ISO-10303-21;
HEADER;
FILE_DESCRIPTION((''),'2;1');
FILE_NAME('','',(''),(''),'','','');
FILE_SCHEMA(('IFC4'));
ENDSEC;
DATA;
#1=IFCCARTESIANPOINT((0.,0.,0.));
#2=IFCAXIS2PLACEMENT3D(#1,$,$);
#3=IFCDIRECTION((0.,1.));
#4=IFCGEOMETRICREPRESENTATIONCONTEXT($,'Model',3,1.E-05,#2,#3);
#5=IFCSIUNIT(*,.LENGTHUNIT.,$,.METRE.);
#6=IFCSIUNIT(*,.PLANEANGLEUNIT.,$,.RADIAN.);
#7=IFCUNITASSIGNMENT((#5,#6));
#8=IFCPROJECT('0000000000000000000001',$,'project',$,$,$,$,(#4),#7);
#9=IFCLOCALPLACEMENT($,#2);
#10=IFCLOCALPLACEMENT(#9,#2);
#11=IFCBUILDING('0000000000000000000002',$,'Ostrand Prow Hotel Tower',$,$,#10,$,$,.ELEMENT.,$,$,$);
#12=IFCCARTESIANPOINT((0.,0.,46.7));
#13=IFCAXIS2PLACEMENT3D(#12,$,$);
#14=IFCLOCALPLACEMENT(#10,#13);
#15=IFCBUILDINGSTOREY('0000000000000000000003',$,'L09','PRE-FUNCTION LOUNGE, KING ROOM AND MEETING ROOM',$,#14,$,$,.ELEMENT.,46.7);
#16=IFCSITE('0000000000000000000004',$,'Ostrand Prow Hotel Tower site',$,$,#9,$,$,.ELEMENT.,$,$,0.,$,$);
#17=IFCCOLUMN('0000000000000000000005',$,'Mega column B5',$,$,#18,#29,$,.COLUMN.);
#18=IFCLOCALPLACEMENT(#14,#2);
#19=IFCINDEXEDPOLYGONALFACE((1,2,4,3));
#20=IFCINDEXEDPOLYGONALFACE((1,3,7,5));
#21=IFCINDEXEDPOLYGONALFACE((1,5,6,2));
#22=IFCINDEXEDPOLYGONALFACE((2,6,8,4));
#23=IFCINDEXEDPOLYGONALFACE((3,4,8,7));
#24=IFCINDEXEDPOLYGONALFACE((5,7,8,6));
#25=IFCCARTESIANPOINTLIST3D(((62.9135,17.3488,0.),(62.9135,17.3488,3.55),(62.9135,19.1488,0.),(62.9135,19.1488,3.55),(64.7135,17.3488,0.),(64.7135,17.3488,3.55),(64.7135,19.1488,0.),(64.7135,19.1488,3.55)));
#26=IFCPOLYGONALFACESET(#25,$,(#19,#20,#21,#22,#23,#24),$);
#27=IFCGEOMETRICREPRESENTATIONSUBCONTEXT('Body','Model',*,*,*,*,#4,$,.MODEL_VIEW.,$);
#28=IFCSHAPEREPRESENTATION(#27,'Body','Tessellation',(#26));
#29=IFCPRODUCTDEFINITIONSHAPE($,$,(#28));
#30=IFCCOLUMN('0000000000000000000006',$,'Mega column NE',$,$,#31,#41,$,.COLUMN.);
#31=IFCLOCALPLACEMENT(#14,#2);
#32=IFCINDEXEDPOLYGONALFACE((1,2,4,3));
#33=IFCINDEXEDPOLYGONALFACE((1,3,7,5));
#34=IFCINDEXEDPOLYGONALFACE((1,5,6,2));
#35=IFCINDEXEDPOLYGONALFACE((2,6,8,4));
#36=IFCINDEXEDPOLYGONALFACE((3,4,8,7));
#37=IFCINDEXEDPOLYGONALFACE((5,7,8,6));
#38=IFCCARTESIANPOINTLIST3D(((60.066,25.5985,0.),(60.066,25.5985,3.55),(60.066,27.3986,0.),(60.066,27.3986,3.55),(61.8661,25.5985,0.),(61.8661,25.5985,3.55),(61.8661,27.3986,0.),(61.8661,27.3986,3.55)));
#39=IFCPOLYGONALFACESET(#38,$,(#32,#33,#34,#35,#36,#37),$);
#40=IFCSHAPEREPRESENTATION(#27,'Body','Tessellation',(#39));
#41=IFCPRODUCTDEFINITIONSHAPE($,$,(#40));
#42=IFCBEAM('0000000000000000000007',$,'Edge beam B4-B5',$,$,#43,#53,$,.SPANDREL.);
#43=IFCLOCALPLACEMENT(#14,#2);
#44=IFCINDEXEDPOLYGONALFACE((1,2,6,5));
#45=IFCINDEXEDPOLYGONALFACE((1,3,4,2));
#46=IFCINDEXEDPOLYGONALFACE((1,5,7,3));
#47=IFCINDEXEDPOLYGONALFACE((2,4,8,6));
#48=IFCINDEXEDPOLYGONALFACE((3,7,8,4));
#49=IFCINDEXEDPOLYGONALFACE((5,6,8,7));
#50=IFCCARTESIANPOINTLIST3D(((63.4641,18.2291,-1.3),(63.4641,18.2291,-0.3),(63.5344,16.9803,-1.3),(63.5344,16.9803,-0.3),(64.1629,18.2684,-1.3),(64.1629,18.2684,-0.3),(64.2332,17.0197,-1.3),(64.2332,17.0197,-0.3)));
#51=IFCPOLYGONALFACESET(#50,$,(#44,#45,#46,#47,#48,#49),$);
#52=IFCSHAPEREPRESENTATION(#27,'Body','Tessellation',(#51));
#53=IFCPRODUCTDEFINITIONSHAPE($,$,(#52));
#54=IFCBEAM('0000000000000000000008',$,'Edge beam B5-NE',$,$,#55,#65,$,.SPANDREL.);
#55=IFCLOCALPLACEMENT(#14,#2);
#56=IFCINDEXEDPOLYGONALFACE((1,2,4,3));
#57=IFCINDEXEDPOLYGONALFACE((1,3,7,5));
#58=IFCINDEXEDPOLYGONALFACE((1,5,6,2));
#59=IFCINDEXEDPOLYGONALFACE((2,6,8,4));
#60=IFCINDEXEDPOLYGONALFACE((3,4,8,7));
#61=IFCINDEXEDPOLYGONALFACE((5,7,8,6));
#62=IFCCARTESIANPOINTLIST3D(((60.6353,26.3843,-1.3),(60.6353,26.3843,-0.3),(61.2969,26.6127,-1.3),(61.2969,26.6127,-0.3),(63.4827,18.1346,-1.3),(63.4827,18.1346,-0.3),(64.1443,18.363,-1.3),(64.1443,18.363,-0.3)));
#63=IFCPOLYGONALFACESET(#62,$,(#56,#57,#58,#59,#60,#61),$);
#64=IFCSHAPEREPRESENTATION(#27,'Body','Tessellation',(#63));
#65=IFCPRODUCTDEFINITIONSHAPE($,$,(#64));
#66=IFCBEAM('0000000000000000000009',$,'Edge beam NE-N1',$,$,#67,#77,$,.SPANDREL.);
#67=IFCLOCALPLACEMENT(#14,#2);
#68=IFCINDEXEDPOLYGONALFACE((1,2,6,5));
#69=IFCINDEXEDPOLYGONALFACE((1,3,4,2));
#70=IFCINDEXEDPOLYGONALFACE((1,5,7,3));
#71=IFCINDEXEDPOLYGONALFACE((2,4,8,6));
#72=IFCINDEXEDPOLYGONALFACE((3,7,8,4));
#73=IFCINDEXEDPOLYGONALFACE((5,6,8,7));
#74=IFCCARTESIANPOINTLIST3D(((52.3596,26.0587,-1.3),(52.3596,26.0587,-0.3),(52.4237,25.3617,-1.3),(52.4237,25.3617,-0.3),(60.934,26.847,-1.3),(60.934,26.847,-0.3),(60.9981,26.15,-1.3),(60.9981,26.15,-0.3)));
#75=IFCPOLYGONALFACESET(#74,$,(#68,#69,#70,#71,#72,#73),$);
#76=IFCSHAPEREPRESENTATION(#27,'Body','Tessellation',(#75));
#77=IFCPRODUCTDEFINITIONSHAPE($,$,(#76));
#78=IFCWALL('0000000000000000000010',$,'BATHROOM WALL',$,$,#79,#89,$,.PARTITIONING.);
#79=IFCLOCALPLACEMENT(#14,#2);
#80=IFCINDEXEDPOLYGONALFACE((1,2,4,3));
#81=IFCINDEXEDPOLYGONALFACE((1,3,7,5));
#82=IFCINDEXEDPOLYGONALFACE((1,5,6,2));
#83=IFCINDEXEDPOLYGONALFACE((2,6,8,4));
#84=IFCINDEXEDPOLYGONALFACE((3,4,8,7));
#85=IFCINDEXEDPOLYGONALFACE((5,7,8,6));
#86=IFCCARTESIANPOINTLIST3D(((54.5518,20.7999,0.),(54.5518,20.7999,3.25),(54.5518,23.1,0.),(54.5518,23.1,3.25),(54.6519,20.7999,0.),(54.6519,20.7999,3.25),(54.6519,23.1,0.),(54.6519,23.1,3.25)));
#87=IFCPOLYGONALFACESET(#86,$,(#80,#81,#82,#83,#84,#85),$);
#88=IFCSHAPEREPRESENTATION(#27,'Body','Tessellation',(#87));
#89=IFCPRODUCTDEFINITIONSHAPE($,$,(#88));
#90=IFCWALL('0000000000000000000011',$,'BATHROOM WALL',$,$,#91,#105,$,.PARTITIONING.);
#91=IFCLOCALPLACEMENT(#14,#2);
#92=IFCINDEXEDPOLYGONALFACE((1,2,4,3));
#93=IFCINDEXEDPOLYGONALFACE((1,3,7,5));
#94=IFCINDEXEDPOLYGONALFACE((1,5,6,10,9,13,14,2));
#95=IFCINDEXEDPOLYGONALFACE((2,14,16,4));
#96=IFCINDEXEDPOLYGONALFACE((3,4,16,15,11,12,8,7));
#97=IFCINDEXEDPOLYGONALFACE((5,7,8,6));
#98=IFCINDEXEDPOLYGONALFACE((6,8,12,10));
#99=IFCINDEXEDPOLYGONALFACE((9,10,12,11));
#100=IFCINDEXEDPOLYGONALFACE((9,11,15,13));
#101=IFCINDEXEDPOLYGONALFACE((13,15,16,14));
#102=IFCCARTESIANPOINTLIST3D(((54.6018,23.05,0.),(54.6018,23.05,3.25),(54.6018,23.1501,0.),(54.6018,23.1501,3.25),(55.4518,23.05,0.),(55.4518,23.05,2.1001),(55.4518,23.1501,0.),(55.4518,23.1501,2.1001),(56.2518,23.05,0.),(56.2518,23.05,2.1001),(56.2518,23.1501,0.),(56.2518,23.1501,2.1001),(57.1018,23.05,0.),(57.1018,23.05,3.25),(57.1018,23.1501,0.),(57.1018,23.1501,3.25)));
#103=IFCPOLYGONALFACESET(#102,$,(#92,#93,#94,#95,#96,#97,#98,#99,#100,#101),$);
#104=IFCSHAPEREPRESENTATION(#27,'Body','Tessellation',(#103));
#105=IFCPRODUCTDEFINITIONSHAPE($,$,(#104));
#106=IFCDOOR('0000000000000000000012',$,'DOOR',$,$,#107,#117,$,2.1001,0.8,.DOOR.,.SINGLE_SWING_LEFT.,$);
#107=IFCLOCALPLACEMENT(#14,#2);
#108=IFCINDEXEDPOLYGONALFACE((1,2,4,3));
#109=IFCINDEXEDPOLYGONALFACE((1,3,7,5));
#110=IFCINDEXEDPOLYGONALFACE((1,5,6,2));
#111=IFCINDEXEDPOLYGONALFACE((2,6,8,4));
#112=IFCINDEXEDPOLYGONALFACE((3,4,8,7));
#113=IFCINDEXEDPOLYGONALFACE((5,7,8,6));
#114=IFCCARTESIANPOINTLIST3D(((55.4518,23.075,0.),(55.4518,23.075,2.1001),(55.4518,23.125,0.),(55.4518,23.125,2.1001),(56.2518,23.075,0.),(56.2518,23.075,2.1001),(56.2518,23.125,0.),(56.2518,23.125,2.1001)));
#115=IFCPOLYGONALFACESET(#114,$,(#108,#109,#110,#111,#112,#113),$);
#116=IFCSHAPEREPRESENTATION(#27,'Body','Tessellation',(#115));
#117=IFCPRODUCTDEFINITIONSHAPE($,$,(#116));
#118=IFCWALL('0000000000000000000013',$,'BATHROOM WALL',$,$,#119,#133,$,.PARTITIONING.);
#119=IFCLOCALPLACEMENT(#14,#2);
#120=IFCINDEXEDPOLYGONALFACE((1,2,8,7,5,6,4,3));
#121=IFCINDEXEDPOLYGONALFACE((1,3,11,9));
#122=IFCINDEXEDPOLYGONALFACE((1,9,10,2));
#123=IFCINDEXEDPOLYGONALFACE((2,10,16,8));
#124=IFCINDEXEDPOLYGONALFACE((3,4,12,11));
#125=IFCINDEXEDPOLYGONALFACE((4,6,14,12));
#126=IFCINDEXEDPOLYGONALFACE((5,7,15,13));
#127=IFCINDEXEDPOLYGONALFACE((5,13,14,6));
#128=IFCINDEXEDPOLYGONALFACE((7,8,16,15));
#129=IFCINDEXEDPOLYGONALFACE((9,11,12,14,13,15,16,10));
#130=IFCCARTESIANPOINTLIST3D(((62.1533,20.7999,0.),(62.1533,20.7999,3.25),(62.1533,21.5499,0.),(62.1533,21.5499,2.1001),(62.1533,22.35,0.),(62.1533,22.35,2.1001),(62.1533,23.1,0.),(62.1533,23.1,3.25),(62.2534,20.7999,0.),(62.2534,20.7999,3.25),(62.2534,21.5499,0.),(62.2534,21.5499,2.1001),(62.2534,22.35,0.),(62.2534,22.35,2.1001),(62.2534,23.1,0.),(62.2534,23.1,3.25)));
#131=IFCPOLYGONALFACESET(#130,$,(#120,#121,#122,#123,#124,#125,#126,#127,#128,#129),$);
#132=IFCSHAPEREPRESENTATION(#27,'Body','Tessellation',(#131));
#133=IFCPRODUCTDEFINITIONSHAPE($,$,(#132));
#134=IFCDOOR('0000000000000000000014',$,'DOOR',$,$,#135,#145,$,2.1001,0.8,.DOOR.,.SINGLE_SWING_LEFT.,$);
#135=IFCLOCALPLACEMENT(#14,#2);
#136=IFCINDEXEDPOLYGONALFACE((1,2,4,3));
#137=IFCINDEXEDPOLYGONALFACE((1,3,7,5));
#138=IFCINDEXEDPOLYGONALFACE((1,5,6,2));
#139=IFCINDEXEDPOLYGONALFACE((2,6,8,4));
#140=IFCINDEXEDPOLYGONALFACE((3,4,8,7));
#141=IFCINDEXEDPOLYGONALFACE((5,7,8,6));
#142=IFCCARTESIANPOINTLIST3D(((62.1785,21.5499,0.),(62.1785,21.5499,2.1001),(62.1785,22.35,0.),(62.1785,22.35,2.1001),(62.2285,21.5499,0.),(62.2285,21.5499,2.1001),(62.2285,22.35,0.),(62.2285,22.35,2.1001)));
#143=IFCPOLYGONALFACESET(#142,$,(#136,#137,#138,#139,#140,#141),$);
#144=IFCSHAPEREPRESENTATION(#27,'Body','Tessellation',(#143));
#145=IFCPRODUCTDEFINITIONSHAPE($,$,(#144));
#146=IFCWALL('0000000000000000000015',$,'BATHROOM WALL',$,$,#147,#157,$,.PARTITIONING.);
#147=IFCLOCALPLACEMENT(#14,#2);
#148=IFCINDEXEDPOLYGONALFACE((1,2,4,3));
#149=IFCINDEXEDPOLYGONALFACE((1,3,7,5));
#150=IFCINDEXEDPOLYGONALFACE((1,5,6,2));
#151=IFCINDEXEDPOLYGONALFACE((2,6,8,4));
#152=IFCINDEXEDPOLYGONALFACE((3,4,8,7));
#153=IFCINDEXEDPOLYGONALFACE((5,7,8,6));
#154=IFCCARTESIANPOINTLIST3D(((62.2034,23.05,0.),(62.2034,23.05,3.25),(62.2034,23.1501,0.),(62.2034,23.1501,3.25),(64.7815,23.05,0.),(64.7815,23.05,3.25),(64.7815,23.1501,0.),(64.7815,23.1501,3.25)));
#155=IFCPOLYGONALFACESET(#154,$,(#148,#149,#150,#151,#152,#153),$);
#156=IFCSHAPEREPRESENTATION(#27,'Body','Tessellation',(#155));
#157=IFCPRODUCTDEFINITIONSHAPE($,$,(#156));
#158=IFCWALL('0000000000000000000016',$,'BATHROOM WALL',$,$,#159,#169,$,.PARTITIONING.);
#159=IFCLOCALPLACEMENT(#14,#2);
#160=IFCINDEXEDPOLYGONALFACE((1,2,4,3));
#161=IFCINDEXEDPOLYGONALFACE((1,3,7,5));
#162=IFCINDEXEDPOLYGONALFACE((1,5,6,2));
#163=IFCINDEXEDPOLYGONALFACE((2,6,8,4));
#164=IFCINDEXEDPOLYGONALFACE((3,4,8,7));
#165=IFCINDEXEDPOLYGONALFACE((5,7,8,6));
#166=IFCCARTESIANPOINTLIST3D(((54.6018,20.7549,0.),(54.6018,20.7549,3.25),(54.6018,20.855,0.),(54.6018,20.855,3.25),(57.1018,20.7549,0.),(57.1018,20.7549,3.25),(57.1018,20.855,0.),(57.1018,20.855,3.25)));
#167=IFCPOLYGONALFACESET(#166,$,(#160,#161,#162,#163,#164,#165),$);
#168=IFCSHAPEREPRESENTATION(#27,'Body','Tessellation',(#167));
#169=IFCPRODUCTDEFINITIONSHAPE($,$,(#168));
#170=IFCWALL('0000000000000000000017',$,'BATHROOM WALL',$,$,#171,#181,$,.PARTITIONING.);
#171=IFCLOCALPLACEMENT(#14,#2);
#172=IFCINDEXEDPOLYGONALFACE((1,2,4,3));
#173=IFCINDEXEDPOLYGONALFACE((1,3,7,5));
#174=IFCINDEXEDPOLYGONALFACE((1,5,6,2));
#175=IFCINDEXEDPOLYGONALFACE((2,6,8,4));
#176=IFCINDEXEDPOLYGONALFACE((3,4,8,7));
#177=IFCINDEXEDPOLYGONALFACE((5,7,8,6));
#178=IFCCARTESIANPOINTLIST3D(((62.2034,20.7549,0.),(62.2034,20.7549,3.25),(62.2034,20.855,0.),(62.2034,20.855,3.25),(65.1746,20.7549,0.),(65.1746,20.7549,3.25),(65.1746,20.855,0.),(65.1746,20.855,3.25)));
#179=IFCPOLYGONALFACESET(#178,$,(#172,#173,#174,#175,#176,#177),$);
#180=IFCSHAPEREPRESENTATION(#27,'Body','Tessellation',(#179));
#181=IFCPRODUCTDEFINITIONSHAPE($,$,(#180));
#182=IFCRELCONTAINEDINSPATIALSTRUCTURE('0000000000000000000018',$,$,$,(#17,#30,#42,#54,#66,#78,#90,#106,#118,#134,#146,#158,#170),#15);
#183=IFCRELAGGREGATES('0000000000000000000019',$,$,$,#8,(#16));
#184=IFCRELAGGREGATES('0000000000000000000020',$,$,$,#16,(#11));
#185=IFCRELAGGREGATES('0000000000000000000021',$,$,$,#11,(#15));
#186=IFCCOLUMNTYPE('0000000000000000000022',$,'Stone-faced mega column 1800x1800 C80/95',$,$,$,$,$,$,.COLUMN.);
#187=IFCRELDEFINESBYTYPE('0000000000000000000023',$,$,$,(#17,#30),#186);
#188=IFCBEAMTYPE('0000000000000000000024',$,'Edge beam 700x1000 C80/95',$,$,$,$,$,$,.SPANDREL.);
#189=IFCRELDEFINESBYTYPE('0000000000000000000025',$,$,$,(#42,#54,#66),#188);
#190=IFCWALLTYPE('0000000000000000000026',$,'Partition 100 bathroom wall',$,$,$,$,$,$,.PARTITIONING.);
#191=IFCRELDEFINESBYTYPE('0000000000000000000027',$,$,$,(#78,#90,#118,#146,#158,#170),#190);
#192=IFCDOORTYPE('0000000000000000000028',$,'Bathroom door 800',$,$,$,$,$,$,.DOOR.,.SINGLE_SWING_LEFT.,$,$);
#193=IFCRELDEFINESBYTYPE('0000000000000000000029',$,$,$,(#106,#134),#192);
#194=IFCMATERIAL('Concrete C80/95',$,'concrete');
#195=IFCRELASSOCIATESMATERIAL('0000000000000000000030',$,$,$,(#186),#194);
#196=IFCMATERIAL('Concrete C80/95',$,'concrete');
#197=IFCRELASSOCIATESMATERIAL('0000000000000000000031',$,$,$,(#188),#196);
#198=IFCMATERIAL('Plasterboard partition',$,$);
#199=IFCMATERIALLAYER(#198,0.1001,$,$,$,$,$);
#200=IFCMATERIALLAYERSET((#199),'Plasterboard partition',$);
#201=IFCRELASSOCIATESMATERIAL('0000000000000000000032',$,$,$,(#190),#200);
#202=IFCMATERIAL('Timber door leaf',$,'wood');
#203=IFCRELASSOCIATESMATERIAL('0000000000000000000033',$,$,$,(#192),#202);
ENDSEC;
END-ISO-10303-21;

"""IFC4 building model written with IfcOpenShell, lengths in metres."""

from ifc_helpers import new_model, si_unit, direction, frame, frame_2d, origin, origin_2d, place, context, subcontext, project, spatial, rectangle, extrude, material, layer, layer_set, material_profile, profile_set, type_object, element, fill, save


model = new_model("IFC4")

# Units and contexts
model_context = context("Model", 3, precision=1e-05, world=origin(), true_north=direction((0.0, 1.0)))
body_context = subcontext(model_context, "Body", "Model", "MODEL_VIEW")
ifc_project = project(units=[si_unit("LENGTHUNIT", "METRE"), si_unit("PLANEANGLEUNIT", "RADIAN")], contexts=[model_context])

# Site, building, storey
site_placement = place(None, origin())
site = spatial("IfcSite", under=ifc_project, at=site_placement, Name="Ostrand Prow Hotel Tower site", CompositionType="ELEMENT", RefElevation=0.0)
building_placement = place(site_placement, origin())
building = spatial("IfcBuilding", under=site, at=building_placement, Name="Ostrand Prow Hotel Tower", CompositionType="ELEMENT")
storey_placement = place(building_placement, frame((0.0, 0.0, 46.7)))
storey = spatial("IfcBuildingStorey", under=building, at=storey_placement, Name="L09", Description="PRE-FUNCTION LOUNGE, KING ROOM AND MEETING ROOM", CompositionType="ELEMENT", Elevation=46.7)

# Columns
ifc_material_1 = material(Name="Concrete C80/95", Category="concrete")
ifc_material_profile_1 = material_profile(ifc_material_1, rectangle(XDim=1.8, YDim=1.8, at=origin_2d()), Name="RC 1800x1800")
ifc_profile_set_1 = profile_set([ifc_material_profile_1], Name="Concrete C80/95")
column_type = type_object("IfcColumnType", Name="Stone-faced mega column 1800x1800 C80/95", PredefinedType="COLUMN", material=ifc_profile_set_1)
for number, where, z_axis, x_axis, name in (
    (1, (63.8135, 18.2488, 0.0), (0.0, 0.0, 1.0), (1.0, 0.0, 0.0), "Mega column B5"),
    (2, (60.9661, 26.4985, 0.0), (0.0, 0.0, 1.0), (1.0, 0.0, 0.0), "Mega column NE"),
):
    element("IfcColumn", number, at=place(storey_placement, frame(where, z_axis=z_axis, x_axis=x_axis)), inside=storey, type_object=column_type, Name=name, PredefinedType="COLUMN", context=body_context, shape_type="SweptSolid", body=[
        extrude(rectangle(XDim=1.8, YDim=1.8, at=origin_2d()), origin(), (0.0, 0.0, 1.0), 3.55),
    ])

# Beams
ifc_material_2 = material(Name="Concrete C80/95", Category="concrete")
ifc_material_profile_2 = material_profile(ifc_material_2, rectangle(XDim=0.7, YDim=1.0, at=origin_2d()), Name="RC 700x1000")
ifc_profile_set_2 = profile_set([ifc_material_profile_2], Name="Concrete C80/95")
beam_type = type_object("IfcBeamType", Name="Edge beam 700x1000 C80/95", PredefinedType="SPANDREL", material=ifc_profile_set_2)
beam_1_placement = place(storey_placement, frame((63.8838, 17.0, -0.8), z_axis=(-0.056216, 0.998419, 0.0), x_axis=(-0.998419, -0.056216, 0.0)))
element("IfcBeam", 3, at=beam_1_placement, inside=storey, type_object=beam_type, Name="Edge beam B4-B5", PredefinedType="SPANDREL", context=body_context, shape_type="SweptSolid", body=[
    extrude(rectangle(XDim=0.7, YDim=1.0, at=origin_2d()), origin(), (0.0, 0.0, 1.0), 1.2507),
])
beam_2_placement = place(storey_placement, frame((63.8135, 18.2488, -0.8), z_axis=(-0.326264, 0.945279, 0.0), x_axis=(-0.945279, -0.326264, 0.0)))
element("IfcBeam", 4, at=beam_2_placement, inside=storey, type_object=beam_type, Name="Edge beam B5-NE", PredefinedType="SPANDREL", context=body_context, shape_type="SweptSolid", body=[
    extrude(rectangle(XDim=0.7, YDim=1.0, at=origin_2d()), origin(), (0.0, 0.0, 1.0), 8.7273),
])
beam_3_placement = place(storey_placement, frame((60.9661, 26.4985, -0.8), z_axis=(-0.9958, -0.091553, 0.0), x_axis=(0.091553, -0.9958, 0.0)))
element("IfcBeam", 5, at=beam_3_placement, inside=storey, type_object=beam_type, Name="Edge beam NE-N1", PredefinedType="SPANDREL", context=body_context, shape_type="SweptSolid", body=[
    extrude(rectangle(XDim=0.7, YDim=1.0, at=origin_2d()), origin(), (0.0, 0.0, 1.0), 8.6106),
])

# Wall
ifc_material_3 = material(Name="Plasterboard partition")
ifc_layer_1 = layer(ifc_material_3, 0.1001)
ifc_layer_set_1 = layer_set([ifc_layer_1], Name="Plasterboard partition")
wall_type_1 = type_object("IfcWallType", Name="Partition 100 bathroom wall", PredefinedType="PARTITIONING", material=ifc_layer_set_1)
wall_1_placement = place(storey_placement, frame((54.6018, 20.8, 0.0), z_axis=(0.0, 0.0, 1.0), x_axis=(0.0, 1.0, 0.0)))
element("IfcWall", 6, at=wall_1_placement, inside=storey, type_object=wall_type_1, Name="BATHROOM WALL", PredefinedType="PARTITIONING", context=body_context, shape_type="SweptSolid", body=[
    extrude(rectangle(XDim=2.3, YDim=0.1001, at=frame_2d((1.1499, 0.0))), origin(), (0.0, 0.0, 1.0), 3.25),
])

# Walls, openings, doors
wall_2_placement = place(storey_placement, frame((54.6018, 23.1001, 0.0), z_axis=(0.0, 0.0, 1.0), x_axis=(1.0, 0.0, 0.0)))
wall_2 = element("IfcWall", 7, at=wall_2_placement, inside=storey, type_object=wall_type_1, Name="BATHROOM WALL", PredefinedType="PARTITIONING", context=body_context, shape_type="SweptSolid", body=[
    extrude(rectangle(XDim=2.5, YDim=0.1001, at=frame_2d((1.25, 0.0))), origin(), (0.0, 0.0, 1.0), 3.25),
])
opening_1_placement = place(wall_2_placement, frame((0.8501, 0.0, 0.0)))
opening_1 = element("IfcOpeningElement", 8, at=opening_1_placement, cuts=wall_2, PredefinedType="OPENING", context=body_context, shape_type="SweptSolid", body=[
    extrude(rectangle(XDim=0.8, YDim=2.1001, at=frame_2d((0.3999, 1.05))), frame((0.0, 0.0601, 0.0), z_axis=(0.0, -1.0, 0.0), x_axis=(1.0, 0.0, 0.0)), (0.0, 0.0, 1.0), 0.1201),
])
ifc_material_4 = material(Name="Timber door leaf", Category="wood")
door_type_1 = type_object("IfcDoorType", Name="Bathroom door 800", OperationType="SINGLE_SWING_LEFT", PredefinedType="DOOR", material=ifc_material_4)
door_1_placement = place(opening_1_placement, origin())
door_1 = element("IfcDoor", 9, at=door_1_placement, inside=storey, type_object=door_type_1, Name="DOOR", OperationType="SINGLE_SWING_LEFT", OverallHeight=2.1001, OverallWidth=0.8, PredefinedType="DOOR", context=body_context, shape_type="SweptSolid", body=[
    extrude(rectangle(XDim=0.8, YDim=2.1001, at=frame_2d((0.3999, 1.05))), frame((0.0, 0.0249, 0.0), z_axis=(0.0, -1.0, 0.0), x_axis=(1.0, 0.0, 0.0)), (0.0, 0.0, 1.0), 0.05),
])
fill(opening_1, door_1)
wall_3_placement = place(storey_placement, frame((62.2034, 20.8, 0.0), z_axis=(0.0, 0.0, 1.0), x_axis=(0.0, 1.0, 0.0)))
wall_3 = element("IfcWall", 10, at=wall_3_placement, inside=storey, type_object=wall_type_1, Name="BATHROOM WALL", PredefinedType="PARTITIONING", context=body_context, shape_type="SweptSolid", body=[
    extrude(rectangle(XDim=2.3, YDim=0.1001, at=frame_2d((1.1499, 0.0))), origin(), (0.0, 0.0, 1.0), 3.25),
])
opening_2_placement = place(wall_3_placement, frame((0.75, 0.0, 0.0)))
opening_2 = element("IfcOpeningElement", 11, at=opening_2_placement, cuts=wall_3, PredefinedType="OPENING", context=body_context, shape_type="SweptSolid", body=[
    extrude(rectangle(XDim=0.8, YDim=2.1001, at=frame_2d((0.3999, 1.05))), frame((0.0, 0.0601, 0.0), z_axis=(0.0, -1.0, 0.0), x_axis=(1.0, 0.0, 0.0)), (0.0, 0.0, 1.0), 0.1201),
])
door_2_placement = place(opening_2_placement, origin())
door_2 = element("IfcDoor", 12, at=door_2_placement, inside=storey, type_object=door_type_1, Name="DOOR", OperationType="SINGLE_SWING_LEFT", OverallHeight=2.1001, OverallWidth=0.8, PredefinedType="DOOR", context=body_context, shape_type="SweptSolid", body=[
    extrude(rectangle(XDim=0.8, YDim=2.1001, at=frame_2d((0.3999, 1.05))), frame((0.0, 0.0249, 0.0), z_axis=(0.0, -1.0, 0.0), x_axis=(1.0, 0.0, 0.0)), (0.0, 0.0, 1.0), 0.05),
])
fill(opening_2, door_2)

# Walls
wall_4_placement = place(storey_placement, frame((62.2034, 23.1001, 0.0), z_axis=(0.0, 0.0, 1.0), x_axis=(1.0, 0.0, 0.0)))
element("IfcWall", 13, at=wall_4_placement, inside=storey, type_object=wall_type_1, Name="BATHROOM WALL", PredefinedType="PARTITIONING", context=body_context, shape_type="SweptSolid", body=[
    extrude(rectangle(XDim=2.5781, YDim=0.1001, at=frame_2d((1.2891, 0.0))), origin(), (0.0, 0.0, 1.0), 3.25),
])
wall_5_placement = place(storey_placement, frame((57.1018, 20.8049, 0.0), z_axis=(0.0, 0.0, 1.0), x_axis=(-1.0, 0.0, 0.0)))
element("IfcWall", 14, at=wall_5_placement, inside=storey, type_object=wall_type_1, Name="BATHROOM WALL", PredefinedType="PARTITIONING", context=body_context, shape_type="SweptSolid", body=[
    extrude(rectangle(XDim=2.5, YDim=0.1001, at=frame_2d((1.25, 0.0))), origin(), (0.0, 0.0, 1.0), 3.25),
])
wall_6_placement = place(storey_placement, frame((65.1746, 20.8049, 0.0), z_axis=(0.0, 0.0, 1.0), x_axis=(-1.0, 0.0, 0.0)))
element("IfcWall", 15, at=wall_6_placement, inside=storey, type_object=wall_type_1, Name="BATHROOM WALL", PredefinedType="PARTITIONING", context=body_context, shape_type="SweptSolid", body=[
    extrude(rectangle(XDim=2.9712, YDim=0.1001, at=frame_2d((1.4856, 0.0))), origin(), (0.0, 0.0, 1.0), 3.25),
])

save(model, "model.ifc")
